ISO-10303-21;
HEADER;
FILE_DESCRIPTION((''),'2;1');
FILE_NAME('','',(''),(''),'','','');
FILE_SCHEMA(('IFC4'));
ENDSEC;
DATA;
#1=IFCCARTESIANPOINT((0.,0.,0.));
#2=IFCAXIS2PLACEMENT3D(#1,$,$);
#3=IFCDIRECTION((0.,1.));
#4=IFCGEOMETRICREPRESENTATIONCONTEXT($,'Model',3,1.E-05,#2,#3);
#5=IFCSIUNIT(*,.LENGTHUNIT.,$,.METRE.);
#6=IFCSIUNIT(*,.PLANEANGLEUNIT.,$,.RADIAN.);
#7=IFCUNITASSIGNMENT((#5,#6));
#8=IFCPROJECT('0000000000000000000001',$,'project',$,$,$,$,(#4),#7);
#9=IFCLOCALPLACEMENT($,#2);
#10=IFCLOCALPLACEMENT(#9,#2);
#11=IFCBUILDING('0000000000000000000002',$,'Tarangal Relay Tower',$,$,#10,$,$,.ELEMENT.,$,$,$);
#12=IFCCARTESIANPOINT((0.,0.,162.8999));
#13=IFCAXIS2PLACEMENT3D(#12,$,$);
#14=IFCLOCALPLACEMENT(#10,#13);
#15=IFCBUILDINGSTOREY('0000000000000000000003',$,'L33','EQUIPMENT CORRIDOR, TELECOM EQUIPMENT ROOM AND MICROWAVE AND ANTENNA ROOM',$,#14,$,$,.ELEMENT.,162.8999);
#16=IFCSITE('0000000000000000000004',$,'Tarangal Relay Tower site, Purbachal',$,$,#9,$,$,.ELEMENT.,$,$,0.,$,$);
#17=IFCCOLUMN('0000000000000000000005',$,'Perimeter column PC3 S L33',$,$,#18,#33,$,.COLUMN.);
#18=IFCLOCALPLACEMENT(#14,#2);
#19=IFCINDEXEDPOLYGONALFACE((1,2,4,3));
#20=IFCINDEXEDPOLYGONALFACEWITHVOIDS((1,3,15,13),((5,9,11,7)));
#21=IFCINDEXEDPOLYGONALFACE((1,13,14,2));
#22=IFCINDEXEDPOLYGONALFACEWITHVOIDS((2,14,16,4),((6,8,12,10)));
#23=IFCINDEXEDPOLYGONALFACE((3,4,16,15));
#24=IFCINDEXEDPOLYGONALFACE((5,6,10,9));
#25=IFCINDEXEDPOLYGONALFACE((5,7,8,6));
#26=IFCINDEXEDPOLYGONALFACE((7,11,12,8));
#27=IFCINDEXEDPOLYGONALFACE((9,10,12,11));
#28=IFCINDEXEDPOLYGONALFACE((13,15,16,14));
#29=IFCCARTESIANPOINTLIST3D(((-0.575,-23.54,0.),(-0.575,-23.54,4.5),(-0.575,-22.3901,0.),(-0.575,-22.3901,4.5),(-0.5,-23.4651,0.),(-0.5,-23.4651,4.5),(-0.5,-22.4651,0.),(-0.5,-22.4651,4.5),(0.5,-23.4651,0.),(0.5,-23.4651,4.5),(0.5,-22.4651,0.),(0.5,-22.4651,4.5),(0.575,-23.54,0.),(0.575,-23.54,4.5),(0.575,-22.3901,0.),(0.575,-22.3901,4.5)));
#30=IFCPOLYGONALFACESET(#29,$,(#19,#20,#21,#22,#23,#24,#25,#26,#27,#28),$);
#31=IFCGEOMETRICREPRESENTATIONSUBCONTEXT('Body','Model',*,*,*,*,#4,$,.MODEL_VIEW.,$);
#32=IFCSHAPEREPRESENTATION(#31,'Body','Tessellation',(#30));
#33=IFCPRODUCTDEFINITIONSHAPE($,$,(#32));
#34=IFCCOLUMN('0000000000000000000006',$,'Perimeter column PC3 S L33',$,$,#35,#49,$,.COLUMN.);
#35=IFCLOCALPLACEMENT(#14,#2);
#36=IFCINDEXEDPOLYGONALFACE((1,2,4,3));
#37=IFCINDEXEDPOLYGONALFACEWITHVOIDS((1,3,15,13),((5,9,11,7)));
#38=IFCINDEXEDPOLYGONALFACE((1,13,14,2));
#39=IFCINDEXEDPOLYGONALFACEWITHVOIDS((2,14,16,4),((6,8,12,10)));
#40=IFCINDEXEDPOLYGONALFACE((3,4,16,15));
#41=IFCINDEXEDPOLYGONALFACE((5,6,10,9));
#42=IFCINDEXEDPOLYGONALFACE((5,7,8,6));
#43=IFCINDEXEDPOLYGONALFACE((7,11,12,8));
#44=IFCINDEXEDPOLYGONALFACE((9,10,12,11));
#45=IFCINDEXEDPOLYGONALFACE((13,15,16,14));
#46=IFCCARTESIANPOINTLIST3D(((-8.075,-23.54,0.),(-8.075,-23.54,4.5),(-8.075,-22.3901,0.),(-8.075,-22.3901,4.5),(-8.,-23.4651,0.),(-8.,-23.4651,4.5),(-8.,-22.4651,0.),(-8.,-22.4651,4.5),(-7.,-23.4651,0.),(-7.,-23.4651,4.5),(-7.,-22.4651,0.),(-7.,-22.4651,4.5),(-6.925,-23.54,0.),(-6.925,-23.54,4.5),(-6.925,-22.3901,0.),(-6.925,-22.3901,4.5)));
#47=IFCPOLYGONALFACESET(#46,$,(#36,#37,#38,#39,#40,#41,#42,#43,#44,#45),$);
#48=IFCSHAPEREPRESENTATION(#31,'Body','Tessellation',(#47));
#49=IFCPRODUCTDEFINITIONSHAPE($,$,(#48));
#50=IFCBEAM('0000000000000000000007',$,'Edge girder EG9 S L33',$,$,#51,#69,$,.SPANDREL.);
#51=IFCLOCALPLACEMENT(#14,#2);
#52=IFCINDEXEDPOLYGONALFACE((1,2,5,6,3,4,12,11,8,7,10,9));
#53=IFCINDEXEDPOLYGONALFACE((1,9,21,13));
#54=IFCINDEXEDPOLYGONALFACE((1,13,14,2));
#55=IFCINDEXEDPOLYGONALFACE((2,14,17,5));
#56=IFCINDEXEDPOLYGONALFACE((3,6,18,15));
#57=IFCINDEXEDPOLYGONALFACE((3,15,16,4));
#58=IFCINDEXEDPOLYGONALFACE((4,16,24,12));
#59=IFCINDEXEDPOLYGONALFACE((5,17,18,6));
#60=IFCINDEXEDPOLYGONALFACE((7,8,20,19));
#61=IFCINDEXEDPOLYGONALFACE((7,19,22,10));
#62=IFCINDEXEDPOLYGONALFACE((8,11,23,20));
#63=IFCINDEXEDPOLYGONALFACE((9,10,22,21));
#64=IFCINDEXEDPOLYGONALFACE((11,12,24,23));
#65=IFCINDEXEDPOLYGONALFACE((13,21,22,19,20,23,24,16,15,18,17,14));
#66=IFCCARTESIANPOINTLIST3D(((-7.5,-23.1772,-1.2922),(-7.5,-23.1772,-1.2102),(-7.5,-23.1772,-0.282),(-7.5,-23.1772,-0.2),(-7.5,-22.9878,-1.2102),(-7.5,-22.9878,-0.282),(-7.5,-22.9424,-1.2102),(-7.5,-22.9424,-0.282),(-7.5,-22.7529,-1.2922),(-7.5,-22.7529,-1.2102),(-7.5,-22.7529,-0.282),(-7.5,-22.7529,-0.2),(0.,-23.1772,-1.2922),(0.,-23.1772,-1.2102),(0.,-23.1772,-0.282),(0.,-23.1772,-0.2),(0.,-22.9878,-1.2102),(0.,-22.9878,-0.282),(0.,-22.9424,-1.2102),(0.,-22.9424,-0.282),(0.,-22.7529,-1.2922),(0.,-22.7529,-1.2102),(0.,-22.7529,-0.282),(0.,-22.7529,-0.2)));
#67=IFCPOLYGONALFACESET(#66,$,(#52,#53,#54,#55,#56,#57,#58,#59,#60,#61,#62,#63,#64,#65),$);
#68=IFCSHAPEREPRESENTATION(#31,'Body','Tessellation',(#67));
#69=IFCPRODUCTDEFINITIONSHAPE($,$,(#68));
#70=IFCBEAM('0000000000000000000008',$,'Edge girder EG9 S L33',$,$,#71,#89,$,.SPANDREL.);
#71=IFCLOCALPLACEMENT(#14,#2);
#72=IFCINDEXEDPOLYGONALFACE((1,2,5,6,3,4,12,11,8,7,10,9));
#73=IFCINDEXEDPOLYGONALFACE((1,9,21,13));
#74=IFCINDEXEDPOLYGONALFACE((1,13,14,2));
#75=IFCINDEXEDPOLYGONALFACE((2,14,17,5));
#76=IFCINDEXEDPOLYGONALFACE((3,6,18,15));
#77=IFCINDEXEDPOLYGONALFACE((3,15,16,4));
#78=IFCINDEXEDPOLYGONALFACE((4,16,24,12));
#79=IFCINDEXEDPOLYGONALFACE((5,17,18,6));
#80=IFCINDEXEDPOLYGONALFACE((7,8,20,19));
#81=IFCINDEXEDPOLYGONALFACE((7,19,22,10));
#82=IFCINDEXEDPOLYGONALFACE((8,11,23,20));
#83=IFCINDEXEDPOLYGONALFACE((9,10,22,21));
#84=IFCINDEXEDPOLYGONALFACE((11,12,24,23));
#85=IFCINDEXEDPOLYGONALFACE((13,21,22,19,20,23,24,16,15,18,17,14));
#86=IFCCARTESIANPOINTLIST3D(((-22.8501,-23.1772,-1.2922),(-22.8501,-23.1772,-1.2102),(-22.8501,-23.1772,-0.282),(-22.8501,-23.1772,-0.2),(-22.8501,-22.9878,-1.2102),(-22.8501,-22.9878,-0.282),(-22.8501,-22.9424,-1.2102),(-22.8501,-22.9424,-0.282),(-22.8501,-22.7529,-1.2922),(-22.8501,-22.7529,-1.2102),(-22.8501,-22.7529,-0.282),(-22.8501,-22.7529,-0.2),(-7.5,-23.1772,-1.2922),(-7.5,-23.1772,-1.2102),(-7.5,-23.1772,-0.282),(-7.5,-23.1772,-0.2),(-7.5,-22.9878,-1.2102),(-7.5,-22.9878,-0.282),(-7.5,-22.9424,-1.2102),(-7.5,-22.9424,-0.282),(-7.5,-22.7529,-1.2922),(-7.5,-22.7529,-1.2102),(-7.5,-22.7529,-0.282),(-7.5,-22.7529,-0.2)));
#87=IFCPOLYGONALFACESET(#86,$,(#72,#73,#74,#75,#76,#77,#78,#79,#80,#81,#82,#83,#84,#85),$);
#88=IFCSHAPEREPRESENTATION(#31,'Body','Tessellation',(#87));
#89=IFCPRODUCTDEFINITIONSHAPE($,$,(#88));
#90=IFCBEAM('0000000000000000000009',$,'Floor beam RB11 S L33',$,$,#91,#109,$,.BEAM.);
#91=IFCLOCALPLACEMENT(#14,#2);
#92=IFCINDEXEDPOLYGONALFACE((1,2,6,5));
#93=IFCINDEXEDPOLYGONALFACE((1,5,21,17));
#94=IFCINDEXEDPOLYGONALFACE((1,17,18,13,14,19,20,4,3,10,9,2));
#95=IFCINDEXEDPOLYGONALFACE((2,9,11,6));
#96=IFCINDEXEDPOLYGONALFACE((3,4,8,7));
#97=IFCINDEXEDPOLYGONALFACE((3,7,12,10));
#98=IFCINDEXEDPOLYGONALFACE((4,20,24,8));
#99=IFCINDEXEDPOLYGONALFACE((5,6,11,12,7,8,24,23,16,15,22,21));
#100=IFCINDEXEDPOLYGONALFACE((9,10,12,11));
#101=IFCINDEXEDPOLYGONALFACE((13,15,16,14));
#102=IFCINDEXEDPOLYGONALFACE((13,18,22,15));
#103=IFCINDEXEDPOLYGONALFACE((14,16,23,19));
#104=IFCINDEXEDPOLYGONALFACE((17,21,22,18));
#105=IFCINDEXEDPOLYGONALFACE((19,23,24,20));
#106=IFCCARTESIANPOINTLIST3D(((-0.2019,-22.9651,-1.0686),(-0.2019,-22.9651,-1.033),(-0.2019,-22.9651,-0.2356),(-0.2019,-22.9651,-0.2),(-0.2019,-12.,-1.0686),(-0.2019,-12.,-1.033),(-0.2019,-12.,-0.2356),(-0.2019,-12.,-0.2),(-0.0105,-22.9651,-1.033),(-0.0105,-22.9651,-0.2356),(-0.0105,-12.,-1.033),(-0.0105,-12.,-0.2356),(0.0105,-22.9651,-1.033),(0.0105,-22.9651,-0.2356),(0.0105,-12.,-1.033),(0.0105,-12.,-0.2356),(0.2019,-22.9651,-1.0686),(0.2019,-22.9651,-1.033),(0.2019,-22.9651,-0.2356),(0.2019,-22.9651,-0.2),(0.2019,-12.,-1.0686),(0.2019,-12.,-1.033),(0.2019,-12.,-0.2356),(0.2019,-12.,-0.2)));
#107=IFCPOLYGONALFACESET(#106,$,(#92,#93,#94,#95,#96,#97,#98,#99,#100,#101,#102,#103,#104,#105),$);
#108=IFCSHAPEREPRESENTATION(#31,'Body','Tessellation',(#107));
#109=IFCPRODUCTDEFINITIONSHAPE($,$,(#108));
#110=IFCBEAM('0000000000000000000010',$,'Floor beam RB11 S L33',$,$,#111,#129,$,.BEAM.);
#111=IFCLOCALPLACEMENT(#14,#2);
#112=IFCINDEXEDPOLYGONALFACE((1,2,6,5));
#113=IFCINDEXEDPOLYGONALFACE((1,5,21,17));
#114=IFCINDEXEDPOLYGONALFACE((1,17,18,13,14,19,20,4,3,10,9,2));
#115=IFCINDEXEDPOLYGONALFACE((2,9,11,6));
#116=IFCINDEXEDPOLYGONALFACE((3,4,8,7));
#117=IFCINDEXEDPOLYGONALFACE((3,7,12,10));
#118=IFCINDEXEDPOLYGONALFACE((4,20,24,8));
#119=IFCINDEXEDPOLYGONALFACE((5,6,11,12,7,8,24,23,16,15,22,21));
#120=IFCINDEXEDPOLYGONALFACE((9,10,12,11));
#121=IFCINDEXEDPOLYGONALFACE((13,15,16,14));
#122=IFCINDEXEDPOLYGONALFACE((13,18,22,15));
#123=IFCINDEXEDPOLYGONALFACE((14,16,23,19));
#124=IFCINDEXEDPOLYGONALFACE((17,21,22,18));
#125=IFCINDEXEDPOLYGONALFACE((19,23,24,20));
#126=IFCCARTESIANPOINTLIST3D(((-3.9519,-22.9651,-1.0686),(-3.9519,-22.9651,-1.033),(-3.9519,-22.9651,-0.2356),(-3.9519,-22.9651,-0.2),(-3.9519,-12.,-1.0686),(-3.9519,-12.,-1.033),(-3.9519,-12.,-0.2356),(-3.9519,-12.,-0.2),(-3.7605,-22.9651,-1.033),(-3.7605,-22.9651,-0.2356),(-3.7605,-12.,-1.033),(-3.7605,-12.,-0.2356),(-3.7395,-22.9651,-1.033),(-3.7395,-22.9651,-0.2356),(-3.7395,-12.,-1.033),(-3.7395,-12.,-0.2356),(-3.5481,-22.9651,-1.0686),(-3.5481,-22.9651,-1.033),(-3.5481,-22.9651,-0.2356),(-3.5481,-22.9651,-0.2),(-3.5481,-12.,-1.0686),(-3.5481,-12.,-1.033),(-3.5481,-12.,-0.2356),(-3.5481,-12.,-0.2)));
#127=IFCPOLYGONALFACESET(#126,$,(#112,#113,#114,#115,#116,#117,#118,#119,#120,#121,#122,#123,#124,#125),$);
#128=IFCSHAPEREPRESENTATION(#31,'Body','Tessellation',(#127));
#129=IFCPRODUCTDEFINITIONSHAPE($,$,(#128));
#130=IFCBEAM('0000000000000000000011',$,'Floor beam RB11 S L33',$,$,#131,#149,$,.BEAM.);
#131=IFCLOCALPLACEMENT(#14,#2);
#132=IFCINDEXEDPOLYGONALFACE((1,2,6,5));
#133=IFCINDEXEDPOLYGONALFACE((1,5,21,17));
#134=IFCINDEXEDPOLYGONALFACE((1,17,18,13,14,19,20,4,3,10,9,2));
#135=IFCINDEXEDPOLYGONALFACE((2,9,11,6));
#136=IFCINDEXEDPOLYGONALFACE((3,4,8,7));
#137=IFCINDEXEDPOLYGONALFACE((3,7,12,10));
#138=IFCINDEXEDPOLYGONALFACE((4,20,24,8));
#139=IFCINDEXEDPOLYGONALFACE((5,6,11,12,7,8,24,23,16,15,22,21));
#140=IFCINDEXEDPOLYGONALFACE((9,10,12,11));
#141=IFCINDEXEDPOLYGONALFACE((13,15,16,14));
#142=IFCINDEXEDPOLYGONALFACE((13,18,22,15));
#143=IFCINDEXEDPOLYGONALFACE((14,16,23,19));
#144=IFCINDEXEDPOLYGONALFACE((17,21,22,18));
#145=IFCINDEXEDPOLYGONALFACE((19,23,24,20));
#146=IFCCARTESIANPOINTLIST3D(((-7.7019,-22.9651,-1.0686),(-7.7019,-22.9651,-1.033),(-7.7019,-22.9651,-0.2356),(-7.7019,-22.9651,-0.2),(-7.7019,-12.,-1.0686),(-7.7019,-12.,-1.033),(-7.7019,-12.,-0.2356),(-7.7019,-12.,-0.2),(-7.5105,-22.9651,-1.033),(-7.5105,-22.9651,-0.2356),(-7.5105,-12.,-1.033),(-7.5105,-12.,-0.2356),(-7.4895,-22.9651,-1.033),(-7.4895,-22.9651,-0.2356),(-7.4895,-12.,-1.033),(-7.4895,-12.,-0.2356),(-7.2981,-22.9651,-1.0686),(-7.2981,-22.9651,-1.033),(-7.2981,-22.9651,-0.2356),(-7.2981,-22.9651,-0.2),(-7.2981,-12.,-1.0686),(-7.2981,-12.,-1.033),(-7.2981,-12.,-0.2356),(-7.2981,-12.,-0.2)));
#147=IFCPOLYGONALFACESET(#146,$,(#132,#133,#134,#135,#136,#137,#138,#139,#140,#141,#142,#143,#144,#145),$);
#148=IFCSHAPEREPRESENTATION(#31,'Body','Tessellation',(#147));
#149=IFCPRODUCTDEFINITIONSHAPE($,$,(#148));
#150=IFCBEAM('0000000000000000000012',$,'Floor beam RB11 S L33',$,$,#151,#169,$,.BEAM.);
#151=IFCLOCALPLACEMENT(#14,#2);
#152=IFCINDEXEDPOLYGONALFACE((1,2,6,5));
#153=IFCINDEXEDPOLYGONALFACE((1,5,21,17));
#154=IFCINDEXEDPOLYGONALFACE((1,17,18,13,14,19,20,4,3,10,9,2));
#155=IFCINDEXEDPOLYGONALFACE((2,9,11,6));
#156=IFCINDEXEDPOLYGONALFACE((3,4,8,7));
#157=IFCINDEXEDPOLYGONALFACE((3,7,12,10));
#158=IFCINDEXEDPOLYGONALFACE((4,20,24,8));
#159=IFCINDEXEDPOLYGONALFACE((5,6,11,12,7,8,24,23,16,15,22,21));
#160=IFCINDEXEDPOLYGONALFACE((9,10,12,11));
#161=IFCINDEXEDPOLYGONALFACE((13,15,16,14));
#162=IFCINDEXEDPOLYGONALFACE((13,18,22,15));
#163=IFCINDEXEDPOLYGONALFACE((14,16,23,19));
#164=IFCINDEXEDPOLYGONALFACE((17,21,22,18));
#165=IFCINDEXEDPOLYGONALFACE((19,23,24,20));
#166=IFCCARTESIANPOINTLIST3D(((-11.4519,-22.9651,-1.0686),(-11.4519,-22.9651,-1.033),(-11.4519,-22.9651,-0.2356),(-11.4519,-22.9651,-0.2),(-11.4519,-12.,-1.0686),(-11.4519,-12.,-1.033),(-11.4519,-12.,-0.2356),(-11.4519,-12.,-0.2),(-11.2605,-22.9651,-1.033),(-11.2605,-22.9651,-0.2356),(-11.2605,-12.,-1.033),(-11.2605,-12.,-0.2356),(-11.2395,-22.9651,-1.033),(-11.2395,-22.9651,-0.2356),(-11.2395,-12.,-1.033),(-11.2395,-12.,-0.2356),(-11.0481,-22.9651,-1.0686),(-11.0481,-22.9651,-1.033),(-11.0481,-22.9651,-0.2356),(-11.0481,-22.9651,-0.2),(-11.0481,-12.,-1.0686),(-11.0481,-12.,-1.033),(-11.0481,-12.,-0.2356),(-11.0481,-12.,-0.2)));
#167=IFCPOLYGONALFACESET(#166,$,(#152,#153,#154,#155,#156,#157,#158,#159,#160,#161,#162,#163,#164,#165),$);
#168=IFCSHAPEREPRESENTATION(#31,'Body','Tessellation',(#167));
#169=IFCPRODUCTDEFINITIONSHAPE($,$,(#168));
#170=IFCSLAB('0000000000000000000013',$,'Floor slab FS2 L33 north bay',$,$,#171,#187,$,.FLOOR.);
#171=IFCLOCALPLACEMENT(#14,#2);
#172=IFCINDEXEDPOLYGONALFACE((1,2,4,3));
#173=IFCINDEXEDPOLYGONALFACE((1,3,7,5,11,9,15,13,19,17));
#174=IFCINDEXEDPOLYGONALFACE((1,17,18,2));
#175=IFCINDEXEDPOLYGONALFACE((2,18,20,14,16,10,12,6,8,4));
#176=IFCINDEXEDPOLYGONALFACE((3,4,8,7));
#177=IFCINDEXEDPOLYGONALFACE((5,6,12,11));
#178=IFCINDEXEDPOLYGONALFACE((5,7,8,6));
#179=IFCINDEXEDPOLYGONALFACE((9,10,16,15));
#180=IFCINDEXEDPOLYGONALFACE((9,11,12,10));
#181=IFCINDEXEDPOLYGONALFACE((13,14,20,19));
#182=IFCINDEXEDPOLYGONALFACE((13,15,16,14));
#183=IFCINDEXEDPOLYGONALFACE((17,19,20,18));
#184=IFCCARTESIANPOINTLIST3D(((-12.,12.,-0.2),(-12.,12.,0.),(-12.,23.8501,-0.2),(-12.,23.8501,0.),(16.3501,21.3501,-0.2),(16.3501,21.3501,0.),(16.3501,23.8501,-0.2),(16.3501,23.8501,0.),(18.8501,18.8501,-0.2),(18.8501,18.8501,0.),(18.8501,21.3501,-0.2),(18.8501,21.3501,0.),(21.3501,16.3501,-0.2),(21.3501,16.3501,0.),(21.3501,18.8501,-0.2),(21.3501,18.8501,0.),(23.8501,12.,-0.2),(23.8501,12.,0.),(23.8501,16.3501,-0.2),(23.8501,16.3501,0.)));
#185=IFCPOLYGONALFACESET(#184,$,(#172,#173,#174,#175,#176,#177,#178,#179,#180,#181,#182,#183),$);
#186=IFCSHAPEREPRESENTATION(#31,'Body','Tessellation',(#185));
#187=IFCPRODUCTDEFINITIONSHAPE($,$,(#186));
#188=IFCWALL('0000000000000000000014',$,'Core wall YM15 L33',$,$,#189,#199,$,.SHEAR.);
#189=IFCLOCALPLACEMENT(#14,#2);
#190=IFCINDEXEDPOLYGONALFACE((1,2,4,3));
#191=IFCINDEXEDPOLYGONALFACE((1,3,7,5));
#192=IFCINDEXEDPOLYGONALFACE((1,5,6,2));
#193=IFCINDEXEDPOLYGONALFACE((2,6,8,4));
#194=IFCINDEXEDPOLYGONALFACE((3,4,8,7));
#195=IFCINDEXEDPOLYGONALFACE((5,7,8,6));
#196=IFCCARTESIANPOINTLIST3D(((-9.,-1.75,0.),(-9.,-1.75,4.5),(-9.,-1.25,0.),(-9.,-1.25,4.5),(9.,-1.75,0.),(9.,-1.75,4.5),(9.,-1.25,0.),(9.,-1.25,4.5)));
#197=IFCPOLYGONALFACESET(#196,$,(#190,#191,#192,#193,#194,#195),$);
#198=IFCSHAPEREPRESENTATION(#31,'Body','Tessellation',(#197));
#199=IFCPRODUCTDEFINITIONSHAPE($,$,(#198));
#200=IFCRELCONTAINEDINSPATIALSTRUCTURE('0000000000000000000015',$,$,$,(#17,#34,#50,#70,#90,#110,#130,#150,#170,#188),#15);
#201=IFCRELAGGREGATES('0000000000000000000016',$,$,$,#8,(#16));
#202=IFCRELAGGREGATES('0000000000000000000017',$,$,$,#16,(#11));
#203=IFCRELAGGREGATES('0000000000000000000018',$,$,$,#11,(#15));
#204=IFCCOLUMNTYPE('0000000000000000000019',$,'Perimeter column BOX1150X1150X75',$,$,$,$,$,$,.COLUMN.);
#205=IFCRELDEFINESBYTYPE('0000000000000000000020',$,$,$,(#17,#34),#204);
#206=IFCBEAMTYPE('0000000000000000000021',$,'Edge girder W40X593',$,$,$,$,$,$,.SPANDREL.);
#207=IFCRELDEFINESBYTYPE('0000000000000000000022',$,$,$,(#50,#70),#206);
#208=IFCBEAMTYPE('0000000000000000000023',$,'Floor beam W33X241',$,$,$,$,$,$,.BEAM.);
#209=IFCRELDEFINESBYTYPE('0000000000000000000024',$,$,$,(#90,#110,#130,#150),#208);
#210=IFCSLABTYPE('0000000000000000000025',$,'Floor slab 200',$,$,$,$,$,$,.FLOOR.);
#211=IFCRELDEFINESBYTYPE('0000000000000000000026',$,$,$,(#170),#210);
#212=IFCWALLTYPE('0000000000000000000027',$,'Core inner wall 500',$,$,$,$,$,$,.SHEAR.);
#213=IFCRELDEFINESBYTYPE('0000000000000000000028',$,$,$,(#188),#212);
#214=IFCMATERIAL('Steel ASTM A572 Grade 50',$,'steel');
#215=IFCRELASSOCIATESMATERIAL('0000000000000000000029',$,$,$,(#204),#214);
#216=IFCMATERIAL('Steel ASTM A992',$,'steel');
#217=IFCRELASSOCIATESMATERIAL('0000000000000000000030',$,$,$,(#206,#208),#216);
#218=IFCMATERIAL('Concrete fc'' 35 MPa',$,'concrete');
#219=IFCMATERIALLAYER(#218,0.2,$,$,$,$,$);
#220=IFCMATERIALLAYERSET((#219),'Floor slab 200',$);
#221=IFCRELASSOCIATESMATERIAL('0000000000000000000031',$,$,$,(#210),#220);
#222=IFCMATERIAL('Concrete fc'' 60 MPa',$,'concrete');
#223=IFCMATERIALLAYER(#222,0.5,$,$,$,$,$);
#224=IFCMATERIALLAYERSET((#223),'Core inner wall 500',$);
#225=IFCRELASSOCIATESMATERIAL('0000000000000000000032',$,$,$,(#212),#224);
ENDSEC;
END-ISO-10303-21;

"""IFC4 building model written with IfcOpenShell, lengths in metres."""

from ifc_helpers import new_model, si_unit, direction, frame, frame_2d, origin, origin_2d, place, context, subcontext, project, spatial, polyline, rectangle, hollow_rectangle, i_section, outline, extrude, material, layer, layer_set, material_profile, profile_set, type_object, element, save


model = new_model("IFC4")

# Units and contexts
model_context = context("Model", 3, precision=1e-05, world=origin(), true_north=direction((0.0, 1.0)))
body_context = subcontext(model_context, "Body", "Model", "MODEL_VIEW")
ifc_project = project(units=[si_unit("LENGTHUNIT", "METRE"), si_unit("PLANEANGLEUNIT", "RADIAN")], contexts=[model_context])

# Site, building, storey
site_placement = place(None, origin())
site = spatial("IfcSite", under=ifc_project, at=site_placement, Name="Tarangal Relay Tower site, Purbachal", CompositionType="ELEMENT", RefElevation=0.0)
building_placement = place(site_placement, origin())
building = spatial("IfcBuilding", under=site, at=building_placement, Name="Tarangal Relay Tower", CompositionType="ELEMENT")
storey_placement = place(building_placement, frame((0.0, 0.0, 162.8999)))
storey = spatial("IfcBuildingStorey", under=building, at=storey_placement, Name="L33", Description="EQUIPMENT CORRIDOR, TELECOM EQUIPMENT ROOM AND MICROWAVE AND ANTENNA ROOM", CompositionType="ELEMENT", Elevation=162.8999)

# Columns
ifc_material_1 = material(Name="Steel ASTM A572 Grade 50", Category="steel")
ifc_material_profile_1 = material_profile(ifc_material_1, hollow_rectangle(XDim=1.1499, YDim=1.1499, WallThickness=0.075, at=origin_2d()), Name="BOX1150X1150X75")
ifc_profile_set_1 = profile_set([ifc_material_profile_1], Name="Steel ASTM A572 Grade 50")
column_type = type_object("IfcColumnType", Name="Perimeter column BOX1150X1150X75", PredefinedType="COLUMN", material=ifc_profile_set_1)
for number, where, z_axis, x_axis, name in (
    (1, (0.0, -22.9651, 0.0), (0.0, 0.0, 1.0), (1.0, 0.0, 0.0), "Perimeter column PC3 S L33"),
    (2, (-7.5, -22.9651, 0.0), (0.0, 0.0, 1.0), (1.0, 0.0, 0.0), "Perimeter column PC3 S L33"),
):
    element("IfcColumn", number, at=place(storey_placement, frame(where, z_axis=z_axis, x_axis=x_axis)), inside=storey, type_object=column_type, Name=name, PredefinedType="COLUMN", context=body_context, shape_type="SweptSolid", body=[
        extrude(hollow_rectangle(XDim=1.1499, YDim=1.1499, WallThickness=0.075, at=origin_2d()), origin(), (0.0, 0.0, 1.0), 4.5),
    ])

# Beams
ifc_material_2 = material(Name="Steel ASTM A992", Category="steel")
ifc_material_profile_2 = material_profile(ifc_material_2, i_section(OverallWidth=0.4243, OverallDepth=1.0923, WebThickness=0.0454, FlangeThickness=0.082, at=origin_2d()), Name="W40X593")
ifc_profile_set_2 = profile_set([ifc_material_profile_2], Name="Steel ASTM A992")
beam_type_1 = type_object("IfcBeamType", Name="Edge girder W40X593", PredefinedType="SPANDREL", material=ifc_profile_set_2)
beam_1_placement = place(storey_placement, frame((0.0, -22.9651, -0.7461), z_axis=(-1.0, 0.0, 0.0), x_axis=(0.0, -1.0, 0.0)))
element("IfcBeam", 3, at=beam_1_placement, inside=storey, type_object=beam_type_1, Name="Edge girder EG9 S L33", PredefinedType="SPANDREL", context=body_context, shape_type="SweptSolid", body=[
    extrude(i_section(OverallWidth=0.4243, OverallDepth=1.0923, WebThickness=0.0454, FlangeThickness=0.082, at=origin_2d()), origin(), (0.0, 0.0, 1.0), 7.5),
])
beam_2_placement = place(storey_placement, frame((-7.5, -22.9651, -0.7461), z_axis=(-1.0, 0.0, 0.0), x_axis=(0.0, -1.0, 0.0)))
element("IfcBeam", 4, at=beam_2_placement, inside=storey, type_object=beam_type_1, Name="Edge girder EG9 S L33", PredefinedType="SPANDREL", context=body_context, shape_type="SweptSolid", body=[
    extrude(i_section(OverallWidth=0.4243, OverallDepth=1.0923, WebThickness=0.0454, FlangeThickness=0.082, at=origin_2d()), origin(), (0.0, 0.0, 1.0), 15.3501),
])
ifc_material_profile_3 = material_profile(ifc_material_2, i_section(OverallWidth=0.4038, OverallDepth=0.8687, WebThickness=0.021, FlangeThickness=0.0356, at=origin_2d()), Name="W33X241")
ifc_profile_set_3 = profile_set([ifc_material_profile_3], Name="Steel ASTM A992")
beam_type_2 = type_object("IfcBeamType", Name="Floor beam W33X241", PredefinedType="BEAM", material=ifc_profile_set_3)
for number, where, z_axis, x_axis, name in (
    (5, (0.0, -12.0, -0.6343), (0.0, -1.0, 0.0), (1.0, 0.0, 0.0), "Floor beam RB11 S L33"),
    (6, (-3.75, -12.0, -0.6343), (0.0, -1.0, 0.0), (1.0, 0.0, 0.0), "Floor beam RB11 S L33"),
    (7, (-7.5, -12.0, -0.6343), (0.0, -1.0, 0.0), (1.0, 0.0, 0.0), "Floor beam RB11 S L33"),
    (8, (-11.25, -12.0, -0.6343), (0.0, -1.0, 0.0), (1.0, 0.0, 0.0), "Floor beam RB11 S L33"),
):
    element("IfcBeam", number, at=place(storey_placement, frame(where, z_axis=z_axis, x_axis=x_axis)), inside=storey, type_object=beam_type_2, Name=name, PredefinedType="BEAM", context=body_context, shape_type="SweptSolid", body=[
        extrude(i_section(OverallWidth=0.4038, OverallDepth=0.8687, WebThickness=0.021, FlangeThickness=0.0356, at=origin_2d()), origin(), (0.0, 0.0, 1.0), 10.9651),
    ])

# Slab
ifc_material_3 = material(Name="Concrete fc' 35 MPa", Category="concrete")
ifc_layer_1 = layer(ifc_material_3, 0.2)
ifc_layer_set_1 = layer_set([ifc_layer_1], Name="Floor slab 200")
slab_type = type_object("IfcSlabType", Name="Floor slab 200", PredefinedType="FLOOR", material=ifc_layer_set_1)
slab_placement = place(storey_placement, frame((0.0, 0.0, -0.2)))
element("IfcSlab", 9, at=slab_placement, inside=storey, type_object=slab_type, Name="Floor slab FS2 L33 north bay", PredefinedType="FLOOR", context=body_context, shape_type="SweptSolid", body=[
    extrude(outline(polyline([(16.3501, 23.8501), (16.3501, 21.3501), (18.8501, 21.3501), (18.8501, 18.8501), (21.3501, 18.8501), (21.3501, 16.3501), (23.8501, 16.3501), (23.8501, 12.0), (-12.0, 12.0), (-12.0, 23.8501), (16.3501, 23.8501)])), origin(), (0.0, 0.0, 1.0), 0.2),
])

# Wall
ifc_material_4 = material(Name="Concrete fc' 60 MPa", Category="concrete")
ifc_layer_2 = layer(ifc_material_4, 0.5)
ifc_layer_set_2 = layer_set([ifc_layer_2], Name="Core inner wall 500")
wall_type_1 = type_object("IfcWallType", Name="Core inner wall 500", PredefinedType="SHEAR", material=ifc_layer_set_2)
for number, where, z_axis, x_axis, name in (
    (10, (-9.0, -1.5, 0.0), (0.0, 0.0, 1.0), (1.0, 0.0, 0.0), "Core wall YM15 L33"),
):
    element("IfcWall", number, at=place(storey_placement, frame(where, z_axis=z_axis, x_axis=x_axis)), inside=storey, type_object=wall_type_1, Name=name, PredefinedType="SHEAR", context=body_context, shape_type="SweptSolid", body=[
        extrude(rectangle(XDim=18.0, YDim=0.5, at=frame_2d((9.0, 0.0))), origin(), (0.0, 0.0, 1.0), 4.5),
    ])

save(model, "model.ifc")
